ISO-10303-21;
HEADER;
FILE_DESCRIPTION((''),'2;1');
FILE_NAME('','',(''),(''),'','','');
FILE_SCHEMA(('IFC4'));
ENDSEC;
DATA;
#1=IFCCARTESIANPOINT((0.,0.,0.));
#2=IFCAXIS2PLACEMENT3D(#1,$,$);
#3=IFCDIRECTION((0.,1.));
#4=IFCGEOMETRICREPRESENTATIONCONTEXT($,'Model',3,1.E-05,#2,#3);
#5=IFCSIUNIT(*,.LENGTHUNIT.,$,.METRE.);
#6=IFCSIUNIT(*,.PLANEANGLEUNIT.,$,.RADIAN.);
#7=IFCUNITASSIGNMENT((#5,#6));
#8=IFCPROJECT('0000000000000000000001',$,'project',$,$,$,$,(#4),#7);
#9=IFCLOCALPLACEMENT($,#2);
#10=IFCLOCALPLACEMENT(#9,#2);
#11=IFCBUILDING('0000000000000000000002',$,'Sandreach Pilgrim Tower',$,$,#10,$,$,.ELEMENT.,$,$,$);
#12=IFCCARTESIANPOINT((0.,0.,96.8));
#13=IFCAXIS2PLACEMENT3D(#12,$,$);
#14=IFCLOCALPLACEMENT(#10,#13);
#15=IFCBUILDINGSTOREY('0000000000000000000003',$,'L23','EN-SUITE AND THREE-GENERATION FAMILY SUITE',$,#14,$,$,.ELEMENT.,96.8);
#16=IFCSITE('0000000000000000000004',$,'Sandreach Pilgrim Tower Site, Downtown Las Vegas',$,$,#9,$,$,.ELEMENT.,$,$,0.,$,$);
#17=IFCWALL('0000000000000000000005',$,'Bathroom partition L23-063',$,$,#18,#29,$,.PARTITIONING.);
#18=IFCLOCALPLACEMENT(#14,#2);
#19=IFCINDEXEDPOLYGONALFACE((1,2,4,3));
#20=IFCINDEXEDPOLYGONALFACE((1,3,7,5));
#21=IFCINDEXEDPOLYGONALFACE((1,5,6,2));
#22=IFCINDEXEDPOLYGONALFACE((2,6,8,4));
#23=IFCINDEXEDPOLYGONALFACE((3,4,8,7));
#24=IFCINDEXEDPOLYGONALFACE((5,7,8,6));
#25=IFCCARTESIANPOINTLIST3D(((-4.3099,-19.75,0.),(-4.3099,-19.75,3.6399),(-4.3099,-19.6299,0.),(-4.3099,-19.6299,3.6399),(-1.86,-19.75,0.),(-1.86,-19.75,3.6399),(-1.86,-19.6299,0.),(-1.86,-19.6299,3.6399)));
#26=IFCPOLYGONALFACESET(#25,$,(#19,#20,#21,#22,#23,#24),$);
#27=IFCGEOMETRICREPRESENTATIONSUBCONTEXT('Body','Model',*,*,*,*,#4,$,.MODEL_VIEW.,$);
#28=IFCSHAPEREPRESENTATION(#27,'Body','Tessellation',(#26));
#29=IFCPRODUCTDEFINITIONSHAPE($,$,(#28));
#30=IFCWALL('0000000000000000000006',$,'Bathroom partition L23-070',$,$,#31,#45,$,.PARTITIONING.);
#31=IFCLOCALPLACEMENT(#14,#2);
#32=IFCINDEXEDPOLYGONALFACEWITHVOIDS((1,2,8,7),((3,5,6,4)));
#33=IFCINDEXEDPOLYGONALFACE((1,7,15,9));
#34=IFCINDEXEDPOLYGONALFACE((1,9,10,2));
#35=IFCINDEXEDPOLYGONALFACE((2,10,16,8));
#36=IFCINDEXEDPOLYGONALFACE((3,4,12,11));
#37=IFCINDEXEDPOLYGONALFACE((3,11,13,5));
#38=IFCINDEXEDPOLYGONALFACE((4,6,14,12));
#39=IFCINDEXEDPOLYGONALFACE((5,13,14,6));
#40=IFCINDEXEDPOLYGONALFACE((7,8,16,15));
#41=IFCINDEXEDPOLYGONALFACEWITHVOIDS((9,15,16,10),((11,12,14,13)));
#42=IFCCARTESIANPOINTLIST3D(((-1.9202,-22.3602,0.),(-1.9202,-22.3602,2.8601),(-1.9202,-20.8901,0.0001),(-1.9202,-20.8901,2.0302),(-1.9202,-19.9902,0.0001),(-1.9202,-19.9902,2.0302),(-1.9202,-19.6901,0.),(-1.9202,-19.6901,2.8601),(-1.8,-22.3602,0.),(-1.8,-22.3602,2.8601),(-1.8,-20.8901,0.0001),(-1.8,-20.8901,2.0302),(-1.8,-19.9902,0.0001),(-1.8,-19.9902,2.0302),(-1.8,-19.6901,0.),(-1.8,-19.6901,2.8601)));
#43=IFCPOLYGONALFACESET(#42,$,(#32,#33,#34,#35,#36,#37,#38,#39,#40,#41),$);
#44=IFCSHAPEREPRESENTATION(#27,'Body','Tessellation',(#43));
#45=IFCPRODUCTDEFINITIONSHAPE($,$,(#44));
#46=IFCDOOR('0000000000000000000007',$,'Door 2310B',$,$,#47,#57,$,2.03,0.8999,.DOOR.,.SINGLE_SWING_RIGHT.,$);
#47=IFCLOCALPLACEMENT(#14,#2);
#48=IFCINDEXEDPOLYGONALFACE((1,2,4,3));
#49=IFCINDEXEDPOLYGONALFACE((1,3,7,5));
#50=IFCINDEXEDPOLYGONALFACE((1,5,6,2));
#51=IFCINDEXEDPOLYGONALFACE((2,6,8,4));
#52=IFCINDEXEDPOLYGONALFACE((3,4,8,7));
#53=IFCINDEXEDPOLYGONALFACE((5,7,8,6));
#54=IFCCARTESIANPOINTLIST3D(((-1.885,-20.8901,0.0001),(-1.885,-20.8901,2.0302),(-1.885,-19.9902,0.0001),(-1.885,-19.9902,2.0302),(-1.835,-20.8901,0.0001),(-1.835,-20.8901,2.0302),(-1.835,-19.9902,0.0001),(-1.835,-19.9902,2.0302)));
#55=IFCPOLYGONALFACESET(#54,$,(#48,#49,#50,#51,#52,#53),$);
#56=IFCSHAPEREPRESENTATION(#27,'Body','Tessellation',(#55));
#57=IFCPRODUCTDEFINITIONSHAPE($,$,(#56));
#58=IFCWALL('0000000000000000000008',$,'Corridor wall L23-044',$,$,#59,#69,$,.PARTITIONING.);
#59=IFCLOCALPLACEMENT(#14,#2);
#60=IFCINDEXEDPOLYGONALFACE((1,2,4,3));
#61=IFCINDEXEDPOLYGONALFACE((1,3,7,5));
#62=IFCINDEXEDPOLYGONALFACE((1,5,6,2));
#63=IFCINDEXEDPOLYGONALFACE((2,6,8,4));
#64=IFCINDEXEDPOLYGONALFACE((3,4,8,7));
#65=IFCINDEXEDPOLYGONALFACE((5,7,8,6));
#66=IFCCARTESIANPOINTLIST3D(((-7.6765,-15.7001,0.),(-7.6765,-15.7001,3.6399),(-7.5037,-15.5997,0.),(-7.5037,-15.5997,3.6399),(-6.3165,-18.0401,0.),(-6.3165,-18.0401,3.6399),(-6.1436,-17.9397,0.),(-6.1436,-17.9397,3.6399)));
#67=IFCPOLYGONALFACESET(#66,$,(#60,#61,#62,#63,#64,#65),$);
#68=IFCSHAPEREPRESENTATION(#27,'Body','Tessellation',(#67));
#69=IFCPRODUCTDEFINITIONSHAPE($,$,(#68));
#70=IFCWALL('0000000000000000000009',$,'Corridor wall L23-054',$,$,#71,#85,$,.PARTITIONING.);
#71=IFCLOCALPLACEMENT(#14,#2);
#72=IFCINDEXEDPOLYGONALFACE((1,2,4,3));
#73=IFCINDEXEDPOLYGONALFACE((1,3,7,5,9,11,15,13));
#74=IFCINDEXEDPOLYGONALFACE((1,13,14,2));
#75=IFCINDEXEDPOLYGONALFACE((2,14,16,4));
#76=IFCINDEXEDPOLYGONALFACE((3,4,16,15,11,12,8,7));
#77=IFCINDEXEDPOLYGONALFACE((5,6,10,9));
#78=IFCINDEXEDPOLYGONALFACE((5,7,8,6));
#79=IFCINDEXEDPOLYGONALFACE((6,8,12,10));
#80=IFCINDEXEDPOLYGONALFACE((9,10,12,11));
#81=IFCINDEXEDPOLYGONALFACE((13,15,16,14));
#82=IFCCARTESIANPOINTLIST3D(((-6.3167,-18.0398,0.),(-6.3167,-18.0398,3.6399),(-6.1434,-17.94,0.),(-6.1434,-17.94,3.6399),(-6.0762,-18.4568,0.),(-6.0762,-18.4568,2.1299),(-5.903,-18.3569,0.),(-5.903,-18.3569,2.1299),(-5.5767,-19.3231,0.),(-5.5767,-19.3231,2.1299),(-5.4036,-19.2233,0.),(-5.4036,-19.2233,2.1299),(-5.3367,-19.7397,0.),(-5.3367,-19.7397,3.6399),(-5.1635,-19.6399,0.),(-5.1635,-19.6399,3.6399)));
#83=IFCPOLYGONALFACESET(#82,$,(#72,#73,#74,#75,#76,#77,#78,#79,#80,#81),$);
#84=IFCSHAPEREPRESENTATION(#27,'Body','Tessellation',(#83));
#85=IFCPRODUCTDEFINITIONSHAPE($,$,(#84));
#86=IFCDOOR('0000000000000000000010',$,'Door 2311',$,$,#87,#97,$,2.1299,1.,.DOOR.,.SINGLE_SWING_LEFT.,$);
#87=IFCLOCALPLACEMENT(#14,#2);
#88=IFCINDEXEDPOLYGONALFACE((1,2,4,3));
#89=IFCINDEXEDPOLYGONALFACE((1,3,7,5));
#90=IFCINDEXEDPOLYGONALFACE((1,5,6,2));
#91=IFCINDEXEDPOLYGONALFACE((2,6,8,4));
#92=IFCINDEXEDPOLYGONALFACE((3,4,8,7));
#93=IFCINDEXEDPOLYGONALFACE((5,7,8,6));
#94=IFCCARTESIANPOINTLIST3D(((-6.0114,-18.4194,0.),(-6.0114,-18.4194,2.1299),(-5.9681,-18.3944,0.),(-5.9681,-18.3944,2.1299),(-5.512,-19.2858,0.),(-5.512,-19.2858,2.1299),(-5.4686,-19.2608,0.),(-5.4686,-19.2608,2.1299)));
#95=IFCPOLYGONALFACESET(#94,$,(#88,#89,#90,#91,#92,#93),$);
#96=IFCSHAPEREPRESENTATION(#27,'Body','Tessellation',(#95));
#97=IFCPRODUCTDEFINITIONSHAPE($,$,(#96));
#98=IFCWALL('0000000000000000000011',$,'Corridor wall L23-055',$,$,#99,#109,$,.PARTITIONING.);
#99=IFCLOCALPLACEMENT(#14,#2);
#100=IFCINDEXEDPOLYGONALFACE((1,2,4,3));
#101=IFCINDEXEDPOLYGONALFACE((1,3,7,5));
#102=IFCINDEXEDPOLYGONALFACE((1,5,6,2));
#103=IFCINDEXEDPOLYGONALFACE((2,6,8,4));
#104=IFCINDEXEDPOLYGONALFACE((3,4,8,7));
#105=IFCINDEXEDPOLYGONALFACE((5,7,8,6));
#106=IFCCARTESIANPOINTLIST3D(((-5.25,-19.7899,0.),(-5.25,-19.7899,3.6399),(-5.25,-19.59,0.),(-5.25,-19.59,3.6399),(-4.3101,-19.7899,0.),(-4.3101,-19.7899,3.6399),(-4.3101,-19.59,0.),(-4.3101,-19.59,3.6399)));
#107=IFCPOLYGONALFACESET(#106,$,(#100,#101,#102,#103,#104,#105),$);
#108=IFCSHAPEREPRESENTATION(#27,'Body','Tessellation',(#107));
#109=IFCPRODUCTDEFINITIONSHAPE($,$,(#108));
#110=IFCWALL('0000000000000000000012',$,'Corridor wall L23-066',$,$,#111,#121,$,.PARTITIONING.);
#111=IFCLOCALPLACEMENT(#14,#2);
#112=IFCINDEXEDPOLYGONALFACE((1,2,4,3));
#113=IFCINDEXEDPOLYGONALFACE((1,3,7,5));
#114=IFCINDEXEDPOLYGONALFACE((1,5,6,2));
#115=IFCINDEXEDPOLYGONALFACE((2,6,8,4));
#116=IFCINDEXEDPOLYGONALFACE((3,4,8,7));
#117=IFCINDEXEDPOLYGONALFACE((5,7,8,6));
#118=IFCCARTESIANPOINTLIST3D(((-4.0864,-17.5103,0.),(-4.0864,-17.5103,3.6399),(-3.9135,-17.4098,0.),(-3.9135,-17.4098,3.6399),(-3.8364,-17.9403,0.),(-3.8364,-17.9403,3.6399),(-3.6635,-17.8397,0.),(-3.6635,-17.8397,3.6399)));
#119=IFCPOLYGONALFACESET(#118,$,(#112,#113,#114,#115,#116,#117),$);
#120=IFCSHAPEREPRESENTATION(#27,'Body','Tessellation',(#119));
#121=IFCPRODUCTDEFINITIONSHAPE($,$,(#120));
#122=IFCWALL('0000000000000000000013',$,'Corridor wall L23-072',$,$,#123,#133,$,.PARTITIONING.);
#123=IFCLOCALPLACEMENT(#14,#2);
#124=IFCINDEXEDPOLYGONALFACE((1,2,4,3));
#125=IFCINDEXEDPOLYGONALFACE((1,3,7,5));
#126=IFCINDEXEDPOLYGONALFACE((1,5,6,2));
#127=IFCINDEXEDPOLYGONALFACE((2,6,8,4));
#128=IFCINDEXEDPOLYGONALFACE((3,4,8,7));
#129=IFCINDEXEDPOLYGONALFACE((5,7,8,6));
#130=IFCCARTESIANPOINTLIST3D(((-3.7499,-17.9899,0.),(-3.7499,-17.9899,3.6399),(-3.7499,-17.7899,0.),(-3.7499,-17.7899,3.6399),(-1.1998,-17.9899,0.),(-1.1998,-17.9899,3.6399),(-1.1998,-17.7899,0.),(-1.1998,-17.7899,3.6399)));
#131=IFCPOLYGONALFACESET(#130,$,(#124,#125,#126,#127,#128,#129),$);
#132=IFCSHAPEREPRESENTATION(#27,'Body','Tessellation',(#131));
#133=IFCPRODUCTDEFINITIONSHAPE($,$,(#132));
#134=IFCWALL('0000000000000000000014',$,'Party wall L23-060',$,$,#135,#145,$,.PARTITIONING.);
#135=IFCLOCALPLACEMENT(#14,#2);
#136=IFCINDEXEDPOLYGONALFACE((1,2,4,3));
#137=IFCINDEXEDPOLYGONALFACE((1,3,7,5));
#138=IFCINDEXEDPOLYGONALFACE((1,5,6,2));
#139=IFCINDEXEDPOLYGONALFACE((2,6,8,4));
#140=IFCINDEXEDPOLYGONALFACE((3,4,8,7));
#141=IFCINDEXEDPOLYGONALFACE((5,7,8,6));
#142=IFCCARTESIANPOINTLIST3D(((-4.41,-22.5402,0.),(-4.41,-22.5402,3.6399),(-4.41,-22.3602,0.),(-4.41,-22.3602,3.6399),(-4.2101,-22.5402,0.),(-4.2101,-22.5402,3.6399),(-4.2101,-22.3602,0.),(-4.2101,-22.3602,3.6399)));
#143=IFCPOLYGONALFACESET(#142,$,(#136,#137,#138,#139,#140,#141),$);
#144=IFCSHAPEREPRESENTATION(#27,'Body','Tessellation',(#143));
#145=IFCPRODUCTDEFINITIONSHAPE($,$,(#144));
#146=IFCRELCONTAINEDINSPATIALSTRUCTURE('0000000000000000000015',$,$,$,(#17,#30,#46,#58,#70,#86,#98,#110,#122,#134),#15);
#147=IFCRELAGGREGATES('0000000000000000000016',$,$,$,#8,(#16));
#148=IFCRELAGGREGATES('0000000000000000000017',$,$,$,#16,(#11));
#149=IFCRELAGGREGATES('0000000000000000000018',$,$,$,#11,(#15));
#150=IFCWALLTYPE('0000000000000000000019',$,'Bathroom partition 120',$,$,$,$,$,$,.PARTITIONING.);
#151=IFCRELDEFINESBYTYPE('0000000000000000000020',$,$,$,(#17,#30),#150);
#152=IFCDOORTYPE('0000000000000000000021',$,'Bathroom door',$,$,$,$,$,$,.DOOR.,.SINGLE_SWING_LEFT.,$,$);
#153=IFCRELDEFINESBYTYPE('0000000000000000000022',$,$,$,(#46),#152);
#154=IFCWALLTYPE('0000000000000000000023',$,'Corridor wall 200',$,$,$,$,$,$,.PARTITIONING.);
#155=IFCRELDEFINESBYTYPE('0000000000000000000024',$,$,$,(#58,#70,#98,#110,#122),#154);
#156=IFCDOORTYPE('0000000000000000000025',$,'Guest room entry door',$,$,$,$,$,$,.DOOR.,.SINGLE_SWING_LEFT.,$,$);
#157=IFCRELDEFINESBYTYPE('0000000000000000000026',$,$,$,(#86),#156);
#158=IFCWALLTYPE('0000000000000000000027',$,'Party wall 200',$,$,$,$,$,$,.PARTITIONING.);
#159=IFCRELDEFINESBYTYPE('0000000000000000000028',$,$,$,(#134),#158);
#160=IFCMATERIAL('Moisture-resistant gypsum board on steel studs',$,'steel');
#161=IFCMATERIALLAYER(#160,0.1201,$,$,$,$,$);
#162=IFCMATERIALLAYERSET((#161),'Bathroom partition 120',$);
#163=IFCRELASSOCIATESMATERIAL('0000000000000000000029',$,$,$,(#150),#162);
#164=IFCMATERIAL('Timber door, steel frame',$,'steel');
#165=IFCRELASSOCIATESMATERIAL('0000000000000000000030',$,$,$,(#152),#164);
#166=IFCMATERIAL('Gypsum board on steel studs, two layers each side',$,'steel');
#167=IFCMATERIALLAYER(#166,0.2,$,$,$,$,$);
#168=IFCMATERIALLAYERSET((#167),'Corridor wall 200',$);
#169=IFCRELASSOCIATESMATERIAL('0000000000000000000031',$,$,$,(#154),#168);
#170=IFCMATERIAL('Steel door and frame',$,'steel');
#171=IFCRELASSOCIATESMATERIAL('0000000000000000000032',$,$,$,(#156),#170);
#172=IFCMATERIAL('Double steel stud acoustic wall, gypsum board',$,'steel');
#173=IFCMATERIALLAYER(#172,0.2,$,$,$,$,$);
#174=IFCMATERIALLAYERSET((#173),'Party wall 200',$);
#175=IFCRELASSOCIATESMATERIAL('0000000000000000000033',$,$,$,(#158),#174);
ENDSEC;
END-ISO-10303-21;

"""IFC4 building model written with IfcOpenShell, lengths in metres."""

from ifc_helpers import new_model, si_unit, direction, frame, frame_2d, origin, place, context, subcontext, project, spatial, rectangle, extrude, material, layer, layer_set, type_object, element, fill, save


model = new_model("IFC4")

# Units and contexts
model_context = context("Model", 3, precision=1e-05, world=origin(), true_north=direction((0.0, 1.0)))
body_context = subcontext(model_context, "Body", "Model", "MODEL_VIEW")
ifc_project = project(units=[si_unit("LENGTHUNIT", "METRE"), si_unit("PLANEANGLEUNIT", "RADIAN")], contexts=[model_context])

# Site, building, storey
site_placement = place(None, origin())
site = spatial("IfcSite", under=ifc_project, at=site_placement, Name="Sandreach Pilgrim Tower Site, Downtown Las Vegas", CompositionType="ELEMENT", RefElevation=0.0)
building_placement = place(site_placement, origin())
building = spatial("IfcBuilding", under=site, at=building_placement, Name="Sandreach Pilgrim Tower", CompositionType="ELEMENT")
storey_placement = place(building_placement, frame((0.0, 0.0, 96.8)))
storey = spatial("IfcBuildingStorey", under=building, at=storey_placement, Name="L23", Description="EN-SUITE AND THREE-GENERATION FAMILY SUITE", CompositionType="ELEMENT", Elevation=96.8)

# Shared definitions
ifc_material_1 = material(Name="Moisture-resistant gypsum board on steel studs", Category="steel")
ifc_layer_1 = layer(ifc_material_1, 0.1201)
ifc_layer_set_1 = layer_set([ifc_layer_1], Name="Bathroom partition 120")
wall_type_1 = type_object("IfcWallType", Name="Bathroom partition 120", PredefinedType="PARTITIONING", material=ifc_layer_set_1)
ifc_material_2 = material(Name="Timber door, steel frame", Category="steel")
door_type_1 = type_object("IfcDoorType", Name="Bathroom door", OperationType="SINGLE_SWING_LEFT", PredefinedType="DOOR", material=ifc_material_2)

# Wall
for number, where, z_axis, x_axis, name in (
    (1, (-4.3101, -19.6899, 0.0), (0.0, 0.0, 1.0), (1.0, 0.0, 0.0), "Bathroom partition L23-063"),
):
    element("IfcWall", number, at=place(storey_placement, frame(where, z_axis=z_axis, x_axis=x_axis)), inside=storey, type_object=wall_type_1, Name=name, PredefinedType="PARTITIONING", context=body_context, shape_type="SweptSolid", body=[
        extrude(rectangle(XDim=2.45, YDim=0.1201, at=frame_2d((1.2251, 0.0))), origin(), (0.0, 0.0, 1.0), 3.6399),
    ])

# Wall, opening, door
wall_1_placement = place(storey_placement, frame((-1.8601, -22.3601, 0.0), z_axis=(0.0, 0.0, 1.0), x_axis=(0.0, 1.0, 0.0)))
wall_1 = element("IfcWall", 2, at=wall_1_placement, inside=storey, type_object=wall_type_1, Name="Bathroom partition L23-070", PredefinedType="PARTITIONING", context=body_context, shape_type="SweptSolid", body=[
    extrude(rectangle(XDim=2.6702, YDim=0.1201, at=frame_2d((1.335, 0.0))), origin(), (0.0, 0.0, 1.0), 2.8601),
])
opening_1_placement = place(wall_1_placement, frame((1.47, 0.0, 0.0)))
opening_1 = element("IfcOpeningElement", 3, at=opening_1_placement, cuts=wall_1, PredefinedType="OPENING", context=body_context, shape_type="SweptSolid", body=[
    extrude(rectangle(XDim=0.8999, YDim=2.03, at=frame_2d((0.45, 1.0151))), frame((0.0, 0.0601, 0.0), z_axis=(0.0, -1.0, 0.0), x_axis=(1.0, 0.0, 0.0)), (0.0, 0.0, 1.0), 0.1201),
])
door_1_placement = place(opening_1_placement, origin())
door_1 = element("IfcDoor", 4, at=door_1_placement, inside=storey, type_object=door_type_1, Name="Door 2310B", OperationType="SINGLE_SWING_RIGHT", OverallHeight=2.03, OverallWidth=0.8999, PredefinedType="DOOR", context=body_context, shape_type="SweptSolid", body=[
    extrude(rectangle(XDim=0.8999, YDim=2.03, at=frame_2d((0.45, 1.0151))), frame((0.0, 0.0249, 0.0), z_axis=(0.0, -1.0, 0.0), x_axis=(1.0, 0.0, 0.0)), (0.0, 0.0, 1.0), 0.05),
])
fill(opening_1, door_1)

# Wall
ifc_material_3 = material(Name="Gypsum board on steel studs, two layers each side", Category="steel")
ifc_layer_2 = layer(ifc_material_3, 0.2)
ifc_layer_set_2 = layer_set([ifc_layer_2], Name="Corridor wall 200")
wall_type_2 = type_object("IfcWallType", Name="Corridor wall 200", PredefinedType="PARTITIONING", material=ifc_layer_set_2)
wall_2_placement = place(storey_placement, frame((-7.5901, -15.6499, 0.0), z_axis=(0.0, 0.0, 1.0), x_axis=(0.502508, -0.864573, 0.0)))
element("IfcWall", 5, at=wall_2_placement, inside=storey, type_object=wall_type_2, Name="Corridor wall L23-044", PredefinedType="PARTITIONING", context=body_context, shape_type="SweptSolid", body=[
    extrude(rectangle(XDim=2.7065, YDim=0.2, at=frame_2d((1.3533, 0.0))), origin(), (0.0, 0.0, 1.0), 3.6399),
])

# Wall, opening, door
wall_3_placement = place(storey_placement, frame((-6.23, -17.99, 0.0), z_axis=(0.0, 0.0, 1.0), x_axis=(0.499432, -0.866353, 0.0)))
wall_3 = element("IfcWall", 6, at=wall_3_placement, inside=storey, type_object=wall_type_2, Name="Corridor wall L23-054", PredefinedType="PARTITIONING", context=body_context, shape_type="SweptSolid", body=[
    extrude(rectangle(XDim=1.9622, YDim=0.2, at=frame_2d((0.981, 0.0))), origin(), (0.0, 0.0, 1.0), 3.6399),
])
opening_2_placement = place(wall_3_placement, frame((0.4812, 0.0, 0.0)))
opening_2 = element("IfcOpeningElement", 7, at=opening_2_placement, cuts=wall_3, PredefinedType="OPENING", context=body_context, shape_type="SweptSolid", body=[
    extrude(rectangle(XDim=1.0, YDim=2.1299, at=frame_2d((0.5, 1.0649))), frame((0.0, 0.1001, 0.0), z_axis=(0.0, -1.0, 0.0), x_axis=(1.0, 0.0, 0.0)), (0.0, 0.0, 1.0), 0.2),
])
ifc_material_4 = material(Name="Steel door and frame", Category="steel")
door_type_2 = type_object("IfcDoorType", Name="Guest room entry door", OperationType="SINGLE_SWING_LEFT", PredefinedType="DOOR", material=ifc_material_4)
door_2_placement = place(opening_2_placement, origin())
door_2 = element("IfcDoor", 8, at=door_2_placement, inside=storey, type_object=door_type_2, Name="Door 2311", OperationType="SINGLE_SWING_LEFT", OverallHeight=2.1299, OverallWidth=1.0, PredefinedType="DOOR", context=body_context, shape_type="SweptSolid", body=[
    extrude(rectangle(XDim=1.0, YDim=2.1299, at=frame_2d((0.5, 1.0649))), frame((0.0, 0.0249, 0.0), z_axis=(0.0, -1.0, 0.0), x_axis=(1.0, 0.0, 0.0)), (0.0, 0.0, 1.0), 0.05),
])
fill(opening_2, door_2)

# Wall
wall_4_placement = place(storey_placement, frame((-5.25, -19.6899, 0.0), z_axis=(0.0, 0.0, 1.0), x_axis=(1.0, 0.0, 0.0)))
element("IfcWall", 9, at=wall_4_placement, inside=storey, type_object=wall_type_2, Name="Corridor wall L23-055", PredefinedType="PARTITIONING", context=body_context, shape_type="SweptSolid", body=[
    extrude(rectangle(XDim=0.9399, YDim=0.2, at=frame_2d((0.47, 0.0))), origin(), (0.0, 0.0, 1.0), 3.6399),
])

# Wall
wall_5_placement = place(storey_placement, frame((-3.75, -17.8899, 0.0), z_axis=(0.0, 0.0, 1.0), x_axis=(-0.50268, 0.864472, 0.0)))
element("IfcWall", 10, at=wall_5_placement, inside=storey, type_object=wall_type_2, Name="Corridor wall L23-066", PredefinedType="PARTITIONING", context=body_context, shape_type="SweptSolid", body=[
    extrude(rectangle(XDim=0.4973, YDim=0.2, at=frame_2d((0.2485, 0.0))), origin(), (0.0, 0.0, 1.0), 3.6399),
])

# Walls
wall_6_placement = place(storey_placement, frame((-1.2, -17.8899, 0.0), z_axis=(0.0, 0.0, 1.0), x_axis=(-1.0, 0.0, 0.0)))
element("IfcWall", 11, at=wall_6_placement, inside=storey, type_object=wall_type_2, Name="Corridor wall L23-072", PredefinedType="PARTITIONING", context=body_context, shape_type="SweptSolid", body=[
    extrude(rectangle(XDim=2.55, YDim=0.2, at=frame_2d((1.2749, 0.0))), origin(), (0.0, 0.0, 1.0), 3.6399),
])
ifc_material_5 = material(Name="Double steel stud acoustic wall, gypsum board", Category="steel")
ifc_layer_3 = layer(ifc_material_5, 0.2)
ifc_layer_set_3 = layer_set([ifc_layer_3], Name="Party wall 200")
wall_type_3 = type_object("IfcWallType", Name="Party wall 200", PredefinedType="PARTITIONING", material=ifc_layer_set_3)
wall_7_placement = place(storey_placement, frame((-4.3101, -22.54, 0.0), z_axis=(0.0, 0.0, 1.0), x_axis=(0.0, 1.0, 0.0)))
element("IfcWall", 12, at=wall_7_placement, inside=storey, type_object=wall_type_3, Name="Party wall L23-060", PredefinedType="PARTITIONING", context=body_context, shape_type="SweptSolid", body=[
    extrude(rectangle(XDim=0.1799, YDim=0.2, at=frame_2d((0.0898, 0.0))), origin(), (0.0, 0.0, 1.0), 3.6399),
])

save(model, "model.ifc")
